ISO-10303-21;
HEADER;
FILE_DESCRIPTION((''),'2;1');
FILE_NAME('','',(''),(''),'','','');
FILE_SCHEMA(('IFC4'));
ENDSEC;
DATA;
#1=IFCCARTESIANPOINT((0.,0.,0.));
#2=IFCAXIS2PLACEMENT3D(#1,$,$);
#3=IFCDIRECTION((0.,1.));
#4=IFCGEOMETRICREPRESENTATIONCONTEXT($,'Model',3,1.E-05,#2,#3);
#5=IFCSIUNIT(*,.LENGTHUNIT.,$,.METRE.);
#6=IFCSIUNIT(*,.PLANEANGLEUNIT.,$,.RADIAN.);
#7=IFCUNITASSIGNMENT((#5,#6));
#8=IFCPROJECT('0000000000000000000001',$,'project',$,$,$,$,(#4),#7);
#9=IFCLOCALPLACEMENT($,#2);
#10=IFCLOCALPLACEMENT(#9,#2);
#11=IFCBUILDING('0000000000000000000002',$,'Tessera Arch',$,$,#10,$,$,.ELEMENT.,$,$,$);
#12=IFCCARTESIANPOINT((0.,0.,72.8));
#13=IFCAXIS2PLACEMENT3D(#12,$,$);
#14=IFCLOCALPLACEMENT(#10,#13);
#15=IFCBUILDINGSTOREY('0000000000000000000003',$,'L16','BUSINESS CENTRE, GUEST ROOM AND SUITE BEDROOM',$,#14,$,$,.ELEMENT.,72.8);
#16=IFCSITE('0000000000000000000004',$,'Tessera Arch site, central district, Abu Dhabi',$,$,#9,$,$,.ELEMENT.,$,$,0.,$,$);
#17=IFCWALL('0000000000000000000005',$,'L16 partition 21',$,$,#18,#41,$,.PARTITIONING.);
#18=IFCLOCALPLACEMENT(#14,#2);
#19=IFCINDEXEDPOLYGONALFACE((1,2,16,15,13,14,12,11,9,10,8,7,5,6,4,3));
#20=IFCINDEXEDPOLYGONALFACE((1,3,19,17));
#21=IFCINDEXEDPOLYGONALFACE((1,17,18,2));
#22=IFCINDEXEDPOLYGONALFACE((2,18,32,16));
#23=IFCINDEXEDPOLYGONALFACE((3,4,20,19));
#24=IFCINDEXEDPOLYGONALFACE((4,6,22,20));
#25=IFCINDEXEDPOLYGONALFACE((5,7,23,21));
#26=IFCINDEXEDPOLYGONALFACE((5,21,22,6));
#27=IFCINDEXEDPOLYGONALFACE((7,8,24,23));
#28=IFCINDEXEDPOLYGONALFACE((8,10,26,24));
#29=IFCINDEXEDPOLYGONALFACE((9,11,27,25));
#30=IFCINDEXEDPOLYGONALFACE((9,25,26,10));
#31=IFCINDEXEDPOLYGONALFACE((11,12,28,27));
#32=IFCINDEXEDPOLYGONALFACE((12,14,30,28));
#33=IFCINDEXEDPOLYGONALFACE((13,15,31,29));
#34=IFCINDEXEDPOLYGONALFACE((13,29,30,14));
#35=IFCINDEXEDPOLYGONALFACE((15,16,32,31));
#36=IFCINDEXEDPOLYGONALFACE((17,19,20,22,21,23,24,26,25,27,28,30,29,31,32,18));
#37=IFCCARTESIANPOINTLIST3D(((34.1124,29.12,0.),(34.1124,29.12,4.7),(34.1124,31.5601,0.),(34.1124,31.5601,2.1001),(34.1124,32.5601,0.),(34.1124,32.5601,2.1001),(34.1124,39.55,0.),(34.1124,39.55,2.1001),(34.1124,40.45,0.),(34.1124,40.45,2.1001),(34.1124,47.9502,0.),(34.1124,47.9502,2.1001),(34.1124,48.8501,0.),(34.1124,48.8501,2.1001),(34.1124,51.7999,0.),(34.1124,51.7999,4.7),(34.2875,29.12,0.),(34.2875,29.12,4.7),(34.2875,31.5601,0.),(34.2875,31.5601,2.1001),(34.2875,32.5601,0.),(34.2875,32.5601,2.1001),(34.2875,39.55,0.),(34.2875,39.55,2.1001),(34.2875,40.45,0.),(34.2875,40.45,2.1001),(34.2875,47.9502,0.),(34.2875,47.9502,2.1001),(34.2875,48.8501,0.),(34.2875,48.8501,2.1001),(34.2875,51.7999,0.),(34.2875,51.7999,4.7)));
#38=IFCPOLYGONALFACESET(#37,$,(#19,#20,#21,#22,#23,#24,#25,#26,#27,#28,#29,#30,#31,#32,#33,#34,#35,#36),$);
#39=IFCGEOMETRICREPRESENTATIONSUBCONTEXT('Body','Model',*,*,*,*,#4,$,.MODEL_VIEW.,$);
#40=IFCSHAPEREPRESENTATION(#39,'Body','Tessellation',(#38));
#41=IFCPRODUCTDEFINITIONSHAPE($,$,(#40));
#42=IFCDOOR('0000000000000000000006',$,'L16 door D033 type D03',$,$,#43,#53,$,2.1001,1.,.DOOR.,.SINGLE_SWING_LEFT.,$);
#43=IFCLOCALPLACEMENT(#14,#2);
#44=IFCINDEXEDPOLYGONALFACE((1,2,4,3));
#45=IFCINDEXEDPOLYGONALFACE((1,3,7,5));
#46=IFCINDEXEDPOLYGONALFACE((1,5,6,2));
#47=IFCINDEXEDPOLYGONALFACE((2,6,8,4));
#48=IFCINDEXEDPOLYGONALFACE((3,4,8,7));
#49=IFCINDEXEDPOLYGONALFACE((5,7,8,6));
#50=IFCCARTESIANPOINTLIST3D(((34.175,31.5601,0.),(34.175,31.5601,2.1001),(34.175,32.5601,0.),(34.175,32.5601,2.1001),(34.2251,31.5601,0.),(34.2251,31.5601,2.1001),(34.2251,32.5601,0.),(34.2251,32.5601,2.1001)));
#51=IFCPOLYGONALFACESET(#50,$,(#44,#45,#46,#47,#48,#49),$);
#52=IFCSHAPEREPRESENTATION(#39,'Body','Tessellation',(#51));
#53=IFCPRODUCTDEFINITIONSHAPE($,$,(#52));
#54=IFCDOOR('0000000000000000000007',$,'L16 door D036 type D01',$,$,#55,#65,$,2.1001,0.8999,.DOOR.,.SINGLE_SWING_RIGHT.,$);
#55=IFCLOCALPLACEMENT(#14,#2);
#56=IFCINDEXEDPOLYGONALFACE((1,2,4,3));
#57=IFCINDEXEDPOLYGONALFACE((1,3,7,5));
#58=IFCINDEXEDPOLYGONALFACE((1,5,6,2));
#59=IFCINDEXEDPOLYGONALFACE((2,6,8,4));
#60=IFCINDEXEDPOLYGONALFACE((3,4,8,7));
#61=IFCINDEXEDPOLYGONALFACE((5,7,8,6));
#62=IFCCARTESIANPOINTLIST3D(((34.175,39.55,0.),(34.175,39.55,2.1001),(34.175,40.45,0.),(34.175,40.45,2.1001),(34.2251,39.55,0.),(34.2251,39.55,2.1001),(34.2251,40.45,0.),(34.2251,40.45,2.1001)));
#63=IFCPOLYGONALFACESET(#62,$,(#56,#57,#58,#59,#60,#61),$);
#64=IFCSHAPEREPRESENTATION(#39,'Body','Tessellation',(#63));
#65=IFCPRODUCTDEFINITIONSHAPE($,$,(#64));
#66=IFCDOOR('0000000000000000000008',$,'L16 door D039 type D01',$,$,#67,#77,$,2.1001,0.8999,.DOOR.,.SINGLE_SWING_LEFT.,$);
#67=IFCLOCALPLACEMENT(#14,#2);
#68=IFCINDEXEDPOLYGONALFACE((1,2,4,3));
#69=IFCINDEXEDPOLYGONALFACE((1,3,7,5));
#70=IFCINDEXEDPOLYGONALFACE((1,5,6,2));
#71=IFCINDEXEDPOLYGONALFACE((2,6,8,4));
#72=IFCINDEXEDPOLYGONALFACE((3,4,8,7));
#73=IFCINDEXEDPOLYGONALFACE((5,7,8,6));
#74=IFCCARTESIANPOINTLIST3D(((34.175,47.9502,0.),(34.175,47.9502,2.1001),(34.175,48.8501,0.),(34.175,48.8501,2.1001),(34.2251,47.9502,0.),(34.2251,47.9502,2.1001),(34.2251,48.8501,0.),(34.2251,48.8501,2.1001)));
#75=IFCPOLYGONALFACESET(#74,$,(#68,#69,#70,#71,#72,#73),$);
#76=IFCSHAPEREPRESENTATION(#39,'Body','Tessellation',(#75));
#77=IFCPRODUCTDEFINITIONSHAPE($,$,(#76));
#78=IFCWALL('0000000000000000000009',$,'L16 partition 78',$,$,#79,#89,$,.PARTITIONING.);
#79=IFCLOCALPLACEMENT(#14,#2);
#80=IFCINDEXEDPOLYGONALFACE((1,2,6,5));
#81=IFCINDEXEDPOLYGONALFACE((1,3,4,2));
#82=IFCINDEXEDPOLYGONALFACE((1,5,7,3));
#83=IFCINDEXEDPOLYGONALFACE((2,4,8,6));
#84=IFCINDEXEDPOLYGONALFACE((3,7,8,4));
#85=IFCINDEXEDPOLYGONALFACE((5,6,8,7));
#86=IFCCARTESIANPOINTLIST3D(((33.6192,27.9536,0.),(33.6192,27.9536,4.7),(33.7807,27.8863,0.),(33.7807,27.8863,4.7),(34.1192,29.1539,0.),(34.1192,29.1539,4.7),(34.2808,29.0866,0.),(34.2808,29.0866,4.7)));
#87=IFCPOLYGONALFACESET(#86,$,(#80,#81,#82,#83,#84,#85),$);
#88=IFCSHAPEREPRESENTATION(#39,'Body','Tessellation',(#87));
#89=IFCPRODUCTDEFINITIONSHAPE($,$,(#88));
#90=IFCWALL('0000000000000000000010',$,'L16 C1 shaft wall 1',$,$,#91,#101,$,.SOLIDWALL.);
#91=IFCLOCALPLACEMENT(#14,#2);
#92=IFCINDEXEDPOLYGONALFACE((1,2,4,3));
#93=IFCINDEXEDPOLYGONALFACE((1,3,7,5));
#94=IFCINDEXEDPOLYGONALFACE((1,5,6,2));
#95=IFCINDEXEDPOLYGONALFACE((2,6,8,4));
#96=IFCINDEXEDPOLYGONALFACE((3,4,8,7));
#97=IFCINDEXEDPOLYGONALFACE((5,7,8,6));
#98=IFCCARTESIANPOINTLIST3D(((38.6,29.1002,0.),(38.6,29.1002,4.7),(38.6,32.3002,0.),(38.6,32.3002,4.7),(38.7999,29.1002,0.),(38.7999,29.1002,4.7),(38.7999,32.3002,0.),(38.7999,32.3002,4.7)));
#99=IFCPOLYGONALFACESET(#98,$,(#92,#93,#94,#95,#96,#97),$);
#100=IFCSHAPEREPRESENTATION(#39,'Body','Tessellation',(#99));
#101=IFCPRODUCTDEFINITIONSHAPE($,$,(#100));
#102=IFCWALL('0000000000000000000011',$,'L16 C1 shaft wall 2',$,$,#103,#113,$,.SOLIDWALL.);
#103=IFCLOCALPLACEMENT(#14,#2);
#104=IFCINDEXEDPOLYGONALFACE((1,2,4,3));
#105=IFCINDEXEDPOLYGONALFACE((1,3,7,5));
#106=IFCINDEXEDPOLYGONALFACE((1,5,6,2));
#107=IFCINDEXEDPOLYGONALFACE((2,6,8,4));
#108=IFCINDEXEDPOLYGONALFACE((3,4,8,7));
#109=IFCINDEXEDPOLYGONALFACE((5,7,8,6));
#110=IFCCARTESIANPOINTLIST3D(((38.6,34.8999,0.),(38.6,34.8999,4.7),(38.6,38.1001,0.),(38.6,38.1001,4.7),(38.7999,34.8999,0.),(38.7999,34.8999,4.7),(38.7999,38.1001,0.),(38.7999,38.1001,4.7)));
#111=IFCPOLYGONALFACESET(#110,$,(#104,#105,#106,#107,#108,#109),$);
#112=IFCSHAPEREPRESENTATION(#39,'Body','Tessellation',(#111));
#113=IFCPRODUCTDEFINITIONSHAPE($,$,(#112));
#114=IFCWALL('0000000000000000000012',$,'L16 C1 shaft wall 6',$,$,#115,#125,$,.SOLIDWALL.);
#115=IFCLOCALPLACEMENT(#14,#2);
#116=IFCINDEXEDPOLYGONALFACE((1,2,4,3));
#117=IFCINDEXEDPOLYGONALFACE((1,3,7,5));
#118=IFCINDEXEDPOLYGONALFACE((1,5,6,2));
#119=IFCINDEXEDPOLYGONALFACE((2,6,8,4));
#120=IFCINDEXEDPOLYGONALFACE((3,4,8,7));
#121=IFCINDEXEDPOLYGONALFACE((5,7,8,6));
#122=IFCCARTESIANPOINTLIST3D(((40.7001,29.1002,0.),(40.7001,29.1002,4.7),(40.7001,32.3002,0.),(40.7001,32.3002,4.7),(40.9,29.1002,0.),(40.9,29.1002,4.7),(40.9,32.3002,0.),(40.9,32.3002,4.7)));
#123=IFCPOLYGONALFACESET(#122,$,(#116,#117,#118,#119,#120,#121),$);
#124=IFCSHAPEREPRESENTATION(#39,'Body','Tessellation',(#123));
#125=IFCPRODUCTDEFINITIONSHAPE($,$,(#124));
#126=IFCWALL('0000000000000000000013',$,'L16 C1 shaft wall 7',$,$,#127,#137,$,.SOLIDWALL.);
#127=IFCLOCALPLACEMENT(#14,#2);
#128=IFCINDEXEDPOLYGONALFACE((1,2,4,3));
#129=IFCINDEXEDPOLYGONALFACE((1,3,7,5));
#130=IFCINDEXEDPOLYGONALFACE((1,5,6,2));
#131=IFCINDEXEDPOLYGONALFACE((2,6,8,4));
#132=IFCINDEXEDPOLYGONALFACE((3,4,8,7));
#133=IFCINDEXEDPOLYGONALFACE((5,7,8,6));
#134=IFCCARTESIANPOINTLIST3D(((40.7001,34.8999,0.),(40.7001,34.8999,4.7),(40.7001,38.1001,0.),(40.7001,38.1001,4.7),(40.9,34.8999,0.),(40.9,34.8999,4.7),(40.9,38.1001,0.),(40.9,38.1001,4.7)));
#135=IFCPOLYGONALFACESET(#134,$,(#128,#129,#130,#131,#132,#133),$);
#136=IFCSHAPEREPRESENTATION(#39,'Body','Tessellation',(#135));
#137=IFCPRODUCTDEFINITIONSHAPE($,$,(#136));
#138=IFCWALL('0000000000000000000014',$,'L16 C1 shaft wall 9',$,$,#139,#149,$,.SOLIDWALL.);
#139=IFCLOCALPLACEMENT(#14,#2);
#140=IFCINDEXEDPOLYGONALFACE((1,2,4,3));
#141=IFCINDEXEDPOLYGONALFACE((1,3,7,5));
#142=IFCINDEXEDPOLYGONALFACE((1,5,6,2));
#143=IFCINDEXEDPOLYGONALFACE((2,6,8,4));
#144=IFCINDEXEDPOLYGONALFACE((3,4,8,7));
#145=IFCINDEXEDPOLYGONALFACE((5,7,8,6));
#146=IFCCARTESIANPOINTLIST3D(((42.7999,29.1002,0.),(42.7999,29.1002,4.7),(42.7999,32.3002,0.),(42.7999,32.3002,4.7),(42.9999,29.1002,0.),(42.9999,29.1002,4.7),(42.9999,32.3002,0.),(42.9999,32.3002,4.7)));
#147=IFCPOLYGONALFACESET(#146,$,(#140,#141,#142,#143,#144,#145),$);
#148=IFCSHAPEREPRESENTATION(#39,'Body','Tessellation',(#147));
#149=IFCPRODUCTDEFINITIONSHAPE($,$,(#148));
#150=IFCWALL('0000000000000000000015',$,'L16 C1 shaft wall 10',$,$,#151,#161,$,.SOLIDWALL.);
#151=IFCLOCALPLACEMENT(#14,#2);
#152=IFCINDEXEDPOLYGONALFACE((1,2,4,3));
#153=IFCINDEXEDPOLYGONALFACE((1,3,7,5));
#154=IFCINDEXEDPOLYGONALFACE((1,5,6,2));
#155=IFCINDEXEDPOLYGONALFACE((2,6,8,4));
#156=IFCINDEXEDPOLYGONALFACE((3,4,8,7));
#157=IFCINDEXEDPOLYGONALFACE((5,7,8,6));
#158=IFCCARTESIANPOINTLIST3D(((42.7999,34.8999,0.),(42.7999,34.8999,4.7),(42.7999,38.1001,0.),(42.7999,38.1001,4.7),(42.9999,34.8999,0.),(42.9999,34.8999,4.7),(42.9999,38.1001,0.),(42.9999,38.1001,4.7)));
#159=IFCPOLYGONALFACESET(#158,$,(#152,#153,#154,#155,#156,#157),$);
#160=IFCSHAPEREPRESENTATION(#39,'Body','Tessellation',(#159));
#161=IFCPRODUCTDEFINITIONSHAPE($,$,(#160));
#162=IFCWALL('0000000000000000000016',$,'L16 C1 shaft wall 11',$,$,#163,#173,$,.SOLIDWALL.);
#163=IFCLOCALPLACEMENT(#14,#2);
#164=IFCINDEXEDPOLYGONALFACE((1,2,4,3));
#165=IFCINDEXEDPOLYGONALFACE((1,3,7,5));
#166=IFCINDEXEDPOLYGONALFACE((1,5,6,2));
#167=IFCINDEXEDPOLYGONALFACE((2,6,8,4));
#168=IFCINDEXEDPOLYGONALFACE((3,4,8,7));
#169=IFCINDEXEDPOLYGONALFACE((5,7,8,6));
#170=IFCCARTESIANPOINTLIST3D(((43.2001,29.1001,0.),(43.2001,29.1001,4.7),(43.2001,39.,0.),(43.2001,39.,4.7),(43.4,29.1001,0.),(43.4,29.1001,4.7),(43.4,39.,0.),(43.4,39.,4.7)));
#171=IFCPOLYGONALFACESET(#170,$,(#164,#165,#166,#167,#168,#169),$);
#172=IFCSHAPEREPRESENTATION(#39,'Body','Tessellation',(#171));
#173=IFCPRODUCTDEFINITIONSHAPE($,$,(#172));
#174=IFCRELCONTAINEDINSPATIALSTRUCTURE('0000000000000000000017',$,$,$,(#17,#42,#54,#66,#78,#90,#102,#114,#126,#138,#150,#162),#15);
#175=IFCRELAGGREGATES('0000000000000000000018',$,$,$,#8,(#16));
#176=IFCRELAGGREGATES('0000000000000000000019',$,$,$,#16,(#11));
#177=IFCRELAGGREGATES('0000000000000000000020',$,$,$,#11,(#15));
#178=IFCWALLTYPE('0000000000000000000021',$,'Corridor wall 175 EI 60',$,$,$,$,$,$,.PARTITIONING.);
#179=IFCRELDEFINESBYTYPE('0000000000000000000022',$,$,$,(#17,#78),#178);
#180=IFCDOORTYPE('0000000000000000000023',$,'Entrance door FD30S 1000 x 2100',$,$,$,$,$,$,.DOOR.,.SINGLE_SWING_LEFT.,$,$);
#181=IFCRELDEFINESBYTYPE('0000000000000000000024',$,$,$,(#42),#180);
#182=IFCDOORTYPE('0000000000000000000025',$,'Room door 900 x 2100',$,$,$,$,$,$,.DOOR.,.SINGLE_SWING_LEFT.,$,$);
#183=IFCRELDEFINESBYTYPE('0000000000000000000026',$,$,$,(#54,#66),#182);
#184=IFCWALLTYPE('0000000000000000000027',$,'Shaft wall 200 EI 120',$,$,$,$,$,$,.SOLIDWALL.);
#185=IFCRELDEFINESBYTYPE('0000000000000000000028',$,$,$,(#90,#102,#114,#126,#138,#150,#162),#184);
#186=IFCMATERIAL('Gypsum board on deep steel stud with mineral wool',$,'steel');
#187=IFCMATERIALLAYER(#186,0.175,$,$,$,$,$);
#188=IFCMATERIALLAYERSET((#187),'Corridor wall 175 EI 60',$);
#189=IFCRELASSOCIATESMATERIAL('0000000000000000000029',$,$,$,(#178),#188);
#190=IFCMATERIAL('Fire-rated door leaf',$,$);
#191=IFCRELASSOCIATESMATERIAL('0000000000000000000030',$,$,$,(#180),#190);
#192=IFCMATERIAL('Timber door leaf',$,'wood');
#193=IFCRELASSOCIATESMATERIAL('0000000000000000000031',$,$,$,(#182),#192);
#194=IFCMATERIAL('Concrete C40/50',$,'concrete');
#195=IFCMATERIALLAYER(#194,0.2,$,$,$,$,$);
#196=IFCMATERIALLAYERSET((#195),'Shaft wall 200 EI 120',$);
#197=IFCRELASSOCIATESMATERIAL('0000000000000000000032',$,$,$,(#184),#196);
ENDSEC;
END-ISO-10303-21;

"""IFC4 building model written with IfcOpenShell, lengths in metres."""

from ifc_helpers import new_model, si_unit, direction, frame, frame_2d, origin, place, context, subcontext, project, spatial, rectangle, extrude, material, layer, layer_set, type_object, element, fill, save


model = new_model("IFC4")

# Units and contexts
model_context = context("Model", 3, precision=1e-05, world=origin(), true_north=direction((0.0, 1.0)))
body_context = subcontext(model_context, "Body", "Model", "MODEL_VIEW")
ifc_project = project(units=[si_unit("LENGTHUNIT", "METRE"), si_unit("PLANEANGLEUNIT", "RADIAN")], contexts=[model_context])

# Site, building, storey
site_placement = place(None, origin())
site = spatial("IfcSite", under=ifc_project, at=site_placement, Name="Tessera Arch site, central district, Abu Dhabi", CompositionType="ELEMENT", RefElevation=0.0)
building_placement = place(site_placement, origin())
building = spatial("IfcBuilding", under=site, at=building_placement, Name="Tessera Arch", CompositionType="ELEMENT")
storey_placement = place(building_placement, frame((0.0, 0.0, 72.8)))
storey = spatial("IfcBuildingStorey", under=building, at=storey_placement, Name="L16", Description="BUSINESS CENTRE, GUEST ROOM AND SUITE BEDROOM", CompositionType="ELEMENT", Elevation=72.8)

# Shared definitions
ifc_material_1 = material(Name="Gypsum board on deep steel stud with mineral wool", Category="steel")
ifc_layer_1 = layer(ifc_material_1, 0.175)
ifc_layer_set_1 = layer_set([ifc_layer_1], Name="Corridor wall 175 EI 60")
wall_type_1 = type_object("IfcWallType", Name="Corridor wall 175 EI 60", PredefinedType="PARTITIONING", material=ifc_layer_set_1)

# Wall, openings, doors
wall_1_placement = place(storey_placement, frame((34.2, 29.1201, 0.0), z_axis=(0.0, 0.0, 1.0), x_axis=(0.0, 1.0, 0.0)))
wall_1 = element("IfcWall", 1, at=wall_1_placement, inside=storey, type_object=wall_type_1, Name="L16 partition 21", PredefinedType="PARTITIONING", context=body_context, shape_type="SweptSolid", body=[
    extrude(rectangle(XDim=22.6799, YDim=0.175, at=frame_2d((11.3398, 0.0))), origin(), (0.0, 0.0, 1.0), 4.7),
])
opening_1_placement = place(wall_1_placement, frame((2.4399, 0.0, 0.0)))
opening_1 = element("IfcOpeningElement", 2, at=opening_1_placement, cuts=wall_1, PredefinedType="OPENING", context=body_context, shape_type="SweptSolid", body=[
    extrude(rectangle(XDim=1.0, YDim=2.1001, at=frame_2d((0.5, 1.05))), frame((0.0, 0.0974, 0.0), z_axis=(0.0, -1.0, 0.0), x_axis=(1.0, 0.0, 0.0)), (0.0, 0.0, 1.0), 0.1951),
])
opening_2_placement = place(wall_1_placement, frame((10.4299, 0.0, 0.0)))
opening_2 = element("IfcOpeningElement", 3, at=opening_2_placement, cuts=wall_1, PredefinedType="OPENING", context=body_context, shape_type="SweptSolid", body=[
    extrude(rectangle(XDim=0.8999, YDim=2.1001, at=frame_2d((0.45, 1.05))), frame((0.0, 0.0974, 0.0), z_axis=(0.0, -1.0, 0.0), x_axis=(1.0, 0.0, 0.0)), (0.0, 0.0, 1.0), 0.1951),
])
opening_3_placement = place(wall_1_placement, frame((18.8301, 0.0, 0.0)))
opening_3 = element("IfcOpeningElement", 4, at=opening_3_placement, cuts=wall_1, PredefinedType="OPENING", context=body_context, shape_type="SweptSolid", body=[
    extrude(rectangle(XDim=0.8999, YDim=2.1001, at=frame_2d((0.45, 1.05))), frame((0.0, 0.0974, 0.0), z_axis=(0.0, -1.0, 0.0), x_axis=(1.0, 0.0, 0.0)), (0.0, 0.0, 1.0), 0.1951),
])
ifc_material_2 = material(Name="Fire-rated door leaf")
door_type_1 = type_object("IfcDoorType", Name="Entrance door FD30S 1000 x 2100", OperationType="SINGLE_SWING_LEFT", PredefinedType="DOOR", material=ifc_material_2)
door_1_placement = place(opening_1_placement, origin())
door_1 = element("IfcDoor", 5, at=door_1_placement, inside=storey, type_object=door_type_1, Name="L16 door D033 type D03", OperationType="SINGLE_SWING_LEFT", OverallHeight=2.1001, OverallWidth=1.0, PredefinedType="DOOR", context=body_context, shape_type="SweptSolid", body=[
    extrude(rectangle(XDim=1.0, YDim=2.1001, at=frame_2d((0.5, 1.05))), frame((0.0, 0.0249, 0.0), z_axis=(0.0, -1.0, 0.0), x_axis=(1.0, 0.0, 0.0)), (0.0, 0.0, 1.0), 0.05),
])
fill(opening_1, door_1)
ifc_material_3 = material(Name="Timber door leaf", Category="wood")
door_type_2 = type_object("IfcDoorType", Name="Room door 900 x 2100", OperationType="SINGLE_SWING_LEFT", PredefinedType="DOOR", material=ifc_material_3)
door_2_placement = place(opening_2_placement, origin())
door_2 = element("IfcDoor", 6, at=door_2_placement, inside=storey, type_object=door_type_2, Name="L16 door D036 type D01", OperationType="SINGLE_SWING_RIGHT", OverallHeight=2.1001, OverallWidth=0.8999, PredefinedType="DOOR", context=body_context, shape_type="SweptSolid", body=[
    extrude(rectangle(XDim=0.8999, YDim=2.1001, at=frame_2d((0.45, 1.05))), frame((0.0, 0.0249, 0.0), z_axis=(0.0, -1.0, 0.0), x_axis=(1.0, 0.0, 0.0)), (0.0, 0.0, 1.0), 0.05),
])
fill(opening_2, door_2)
door_3_placement = place(opening_3_placement, origin())
door_3 = element("IfcDoor", 7, at=door_3_placement, inside=storey, type_object=door_type_2, Name="L16 door D039 type D01", OperationType="SINGLE_SWING_LEFT", OverallHeight=2.1001, OverallWidth=0.8999, PredefinedType="DOOR", context=body_context, shape_type="SweptSolid", body=[
    extrude(rectangle(XDim=0.8999, YDim=2.1001, at=frame_2d((0.45, 1.05))), frame((0.0, 0.0249, 0.0), z_axis=(0.0, -1.0, 0.0), x_axis=(1.0, 0.0, 0.0)), (0.0, 0.0, 1.0), 0.05),
])
fill(opening_3, door_3)

# Walls
wall_2_placement = place(storey_placement, frame((33.7, 27.9199, 0.0), z_axis=(0.0, 0.0, 1.0), x_axis=(0.384562, 0.923099, 0.0)))
element("IfcWall", 8, at=wall_2_placement, inside=storey, type_object=wall_type_1, Name="L16 partition 78", PredefinedType="PARTITIONING", context=body_context, shape_type="SweptSolid", body=[
    extrude(rectangle(XDim=1.3003, YDim=0.175, at=frame_2d((0.6501, 0.0))), origin(), (0.0, 0.0, 1.0), 4.7),
])
ifc_material_4 = material(Name="Concrete C40/50", Category="concrete")
ifc_layer_2 = layer(ifc_material_4, 0.2)
ifc_layer_set_2 = layer_set([ifc_layer_2], Name="Shaft wall 200 EI 120")
wall_type_2 = type_object("IfcWallType", Name="Shaft wall 200 EI 120", PredefinedType="SOLIDWALL", material=ifc_layer_set_2)
wall_3_placement = place(storey_placement, frame((38.7, 29.1001, 0.0), z_axis=(0.0, 0.0, 1.0), x_axis=(0.0, 1.0, 0.0)))
element("IfcWall", 9, at=wall_3_placement, inside=storey, type_object=wall_type_2, Name="L16 C1 shaft wall 1", PredefinedType="SOLIDWALL", context=body_context, shape_type="SweptSolid", body=[
    extrude(rectangle(XDim=3.2, YDim=0.2, at=frame_2d((1.6001, 0.0))), origin(), (0.0, 0.0, 1.0), 4.7),
])
wall_4_placement = place(storey_placement, frame((38.7, 34.8999, 0.0), z_axis=(0.0, 0.0, 1.0), x_axis=(0.0, 1.0, 0.0)))
element("IfcWall", 10, at=wall_4_placement, inside=storey, type_object=wall_type_2, Name="L16 C1 shaft wall 2", PredefinedType="SOLIDWALL", context=body_context, shape_type="SweptSolid", body=[
    extrude(rectangle(XDim=3.2002, YDim=0.2, at=frame_2d((1.6001, 0.0))), origin(), (0.0, 0.0, 1.0), 4.7),
])
wall_5_placement = place(storey_placement, frame((40.8, 29.1001, 0.0), z_axis=(0.0, 0.0, 1.0), x_axis=(0.0, 1.0, 0.0)))
element("IfcWall", 11, at=wall_5_placement, inside=storey, type_object=wall_type_2, Name="L16 C1 shaft wall 6", PredefinedType="SOLIDWALL", context=body_context, shape_type="SweptSolid", body=[
    extrude(rectangle(XDim=3.2, YDim=0.2, at=frame_2d((1.6001, 0.0))), origin(), (0.0, 0.0, 1.0), 4.7),
])
wall_6_placement = place(storey_placement, frame((40.8, 34.8999, 0.0), z_axis=(0.0, 0.0, 1.0), x_axis=(0.0, 1.0, 0.0)))
element("IfcWall", 12, at=wall_6_placement, inside=storey, type_object=wall_type_2, Name="L16 C1 shaft wall 7", PredefinedType="SOLIDWALL", context=body_context, shape_type="SweptSolid", body=[
    extrude(rectangle(XDim=3.2002, YDim=0.2, at=frame_2d((1.6001, 0.0))), origin(), (0.0, 0.0, 1.0), 4.7),
])
wall_7_placement = place(storey_placement, frame((42.8999, 29.1001, 0.0), z_axis=(0.0, 0.0, 1.0), x_axis=(0.0, 1.0, 0.0)))
element("IfcWall", 13, at=wall_7_placement, inside=storey, type_object=wall_type_2, Name="L16 C1 shaft wall 9", PredefinedType="SOLIDWALL", context=body_context, shape_type="SweptSolid", body=[
    extrude(rectangle(XDim=3.2, YDim=0.2, at=frame_2d((1.6001, 0.0))), origin(), (0.0, 0.0, 1.0), 4.7),
])
wall_8_placement = place(storey_placement, frame((42.8999, 34.8999, 0.0), z_axis=(0.0, 0.0, 1.0), x_axis=(0.0, 1.0, 0.0)))
element("IfcWall", 14, at=wall_8_placement, inside=storey, type_object=wall_type_2, Name="L16 C1 shaft wall 10", PredefinedType="SOLIDWALL", context=body_context, shape_type="SweptSolid", body=[
    extrude(rectangle(XDim=3.2002, YDim=0.2, at=frame_2d((1.6001, 0.0))), origin(), (0.0, 0.0, 1.0), 4.7),
])
wall_9_placement = place(storey_placement, frame((43.3, 29.1001, 0.0), z_axis=(0.0, 0.0, 1.0), x_axis=(0.0, 1.0, 0.0)))
element("IfcWall", 15, at=wall_9_placement, inside=storey, type_object=wall_type_2, Name="L16 C1 shaft wall 11", PredefinedType="SOLIDWALL", context=body_context, shape_type="SweptSolid", body=[
    extrude(rectangle(XDim=9.8999, YDim=0.2, at=frame_2d((4.95, 0.0))), origin(), (0.0, 0.0, 1.0), 4.7),
])

save(model, "model.ifc")
